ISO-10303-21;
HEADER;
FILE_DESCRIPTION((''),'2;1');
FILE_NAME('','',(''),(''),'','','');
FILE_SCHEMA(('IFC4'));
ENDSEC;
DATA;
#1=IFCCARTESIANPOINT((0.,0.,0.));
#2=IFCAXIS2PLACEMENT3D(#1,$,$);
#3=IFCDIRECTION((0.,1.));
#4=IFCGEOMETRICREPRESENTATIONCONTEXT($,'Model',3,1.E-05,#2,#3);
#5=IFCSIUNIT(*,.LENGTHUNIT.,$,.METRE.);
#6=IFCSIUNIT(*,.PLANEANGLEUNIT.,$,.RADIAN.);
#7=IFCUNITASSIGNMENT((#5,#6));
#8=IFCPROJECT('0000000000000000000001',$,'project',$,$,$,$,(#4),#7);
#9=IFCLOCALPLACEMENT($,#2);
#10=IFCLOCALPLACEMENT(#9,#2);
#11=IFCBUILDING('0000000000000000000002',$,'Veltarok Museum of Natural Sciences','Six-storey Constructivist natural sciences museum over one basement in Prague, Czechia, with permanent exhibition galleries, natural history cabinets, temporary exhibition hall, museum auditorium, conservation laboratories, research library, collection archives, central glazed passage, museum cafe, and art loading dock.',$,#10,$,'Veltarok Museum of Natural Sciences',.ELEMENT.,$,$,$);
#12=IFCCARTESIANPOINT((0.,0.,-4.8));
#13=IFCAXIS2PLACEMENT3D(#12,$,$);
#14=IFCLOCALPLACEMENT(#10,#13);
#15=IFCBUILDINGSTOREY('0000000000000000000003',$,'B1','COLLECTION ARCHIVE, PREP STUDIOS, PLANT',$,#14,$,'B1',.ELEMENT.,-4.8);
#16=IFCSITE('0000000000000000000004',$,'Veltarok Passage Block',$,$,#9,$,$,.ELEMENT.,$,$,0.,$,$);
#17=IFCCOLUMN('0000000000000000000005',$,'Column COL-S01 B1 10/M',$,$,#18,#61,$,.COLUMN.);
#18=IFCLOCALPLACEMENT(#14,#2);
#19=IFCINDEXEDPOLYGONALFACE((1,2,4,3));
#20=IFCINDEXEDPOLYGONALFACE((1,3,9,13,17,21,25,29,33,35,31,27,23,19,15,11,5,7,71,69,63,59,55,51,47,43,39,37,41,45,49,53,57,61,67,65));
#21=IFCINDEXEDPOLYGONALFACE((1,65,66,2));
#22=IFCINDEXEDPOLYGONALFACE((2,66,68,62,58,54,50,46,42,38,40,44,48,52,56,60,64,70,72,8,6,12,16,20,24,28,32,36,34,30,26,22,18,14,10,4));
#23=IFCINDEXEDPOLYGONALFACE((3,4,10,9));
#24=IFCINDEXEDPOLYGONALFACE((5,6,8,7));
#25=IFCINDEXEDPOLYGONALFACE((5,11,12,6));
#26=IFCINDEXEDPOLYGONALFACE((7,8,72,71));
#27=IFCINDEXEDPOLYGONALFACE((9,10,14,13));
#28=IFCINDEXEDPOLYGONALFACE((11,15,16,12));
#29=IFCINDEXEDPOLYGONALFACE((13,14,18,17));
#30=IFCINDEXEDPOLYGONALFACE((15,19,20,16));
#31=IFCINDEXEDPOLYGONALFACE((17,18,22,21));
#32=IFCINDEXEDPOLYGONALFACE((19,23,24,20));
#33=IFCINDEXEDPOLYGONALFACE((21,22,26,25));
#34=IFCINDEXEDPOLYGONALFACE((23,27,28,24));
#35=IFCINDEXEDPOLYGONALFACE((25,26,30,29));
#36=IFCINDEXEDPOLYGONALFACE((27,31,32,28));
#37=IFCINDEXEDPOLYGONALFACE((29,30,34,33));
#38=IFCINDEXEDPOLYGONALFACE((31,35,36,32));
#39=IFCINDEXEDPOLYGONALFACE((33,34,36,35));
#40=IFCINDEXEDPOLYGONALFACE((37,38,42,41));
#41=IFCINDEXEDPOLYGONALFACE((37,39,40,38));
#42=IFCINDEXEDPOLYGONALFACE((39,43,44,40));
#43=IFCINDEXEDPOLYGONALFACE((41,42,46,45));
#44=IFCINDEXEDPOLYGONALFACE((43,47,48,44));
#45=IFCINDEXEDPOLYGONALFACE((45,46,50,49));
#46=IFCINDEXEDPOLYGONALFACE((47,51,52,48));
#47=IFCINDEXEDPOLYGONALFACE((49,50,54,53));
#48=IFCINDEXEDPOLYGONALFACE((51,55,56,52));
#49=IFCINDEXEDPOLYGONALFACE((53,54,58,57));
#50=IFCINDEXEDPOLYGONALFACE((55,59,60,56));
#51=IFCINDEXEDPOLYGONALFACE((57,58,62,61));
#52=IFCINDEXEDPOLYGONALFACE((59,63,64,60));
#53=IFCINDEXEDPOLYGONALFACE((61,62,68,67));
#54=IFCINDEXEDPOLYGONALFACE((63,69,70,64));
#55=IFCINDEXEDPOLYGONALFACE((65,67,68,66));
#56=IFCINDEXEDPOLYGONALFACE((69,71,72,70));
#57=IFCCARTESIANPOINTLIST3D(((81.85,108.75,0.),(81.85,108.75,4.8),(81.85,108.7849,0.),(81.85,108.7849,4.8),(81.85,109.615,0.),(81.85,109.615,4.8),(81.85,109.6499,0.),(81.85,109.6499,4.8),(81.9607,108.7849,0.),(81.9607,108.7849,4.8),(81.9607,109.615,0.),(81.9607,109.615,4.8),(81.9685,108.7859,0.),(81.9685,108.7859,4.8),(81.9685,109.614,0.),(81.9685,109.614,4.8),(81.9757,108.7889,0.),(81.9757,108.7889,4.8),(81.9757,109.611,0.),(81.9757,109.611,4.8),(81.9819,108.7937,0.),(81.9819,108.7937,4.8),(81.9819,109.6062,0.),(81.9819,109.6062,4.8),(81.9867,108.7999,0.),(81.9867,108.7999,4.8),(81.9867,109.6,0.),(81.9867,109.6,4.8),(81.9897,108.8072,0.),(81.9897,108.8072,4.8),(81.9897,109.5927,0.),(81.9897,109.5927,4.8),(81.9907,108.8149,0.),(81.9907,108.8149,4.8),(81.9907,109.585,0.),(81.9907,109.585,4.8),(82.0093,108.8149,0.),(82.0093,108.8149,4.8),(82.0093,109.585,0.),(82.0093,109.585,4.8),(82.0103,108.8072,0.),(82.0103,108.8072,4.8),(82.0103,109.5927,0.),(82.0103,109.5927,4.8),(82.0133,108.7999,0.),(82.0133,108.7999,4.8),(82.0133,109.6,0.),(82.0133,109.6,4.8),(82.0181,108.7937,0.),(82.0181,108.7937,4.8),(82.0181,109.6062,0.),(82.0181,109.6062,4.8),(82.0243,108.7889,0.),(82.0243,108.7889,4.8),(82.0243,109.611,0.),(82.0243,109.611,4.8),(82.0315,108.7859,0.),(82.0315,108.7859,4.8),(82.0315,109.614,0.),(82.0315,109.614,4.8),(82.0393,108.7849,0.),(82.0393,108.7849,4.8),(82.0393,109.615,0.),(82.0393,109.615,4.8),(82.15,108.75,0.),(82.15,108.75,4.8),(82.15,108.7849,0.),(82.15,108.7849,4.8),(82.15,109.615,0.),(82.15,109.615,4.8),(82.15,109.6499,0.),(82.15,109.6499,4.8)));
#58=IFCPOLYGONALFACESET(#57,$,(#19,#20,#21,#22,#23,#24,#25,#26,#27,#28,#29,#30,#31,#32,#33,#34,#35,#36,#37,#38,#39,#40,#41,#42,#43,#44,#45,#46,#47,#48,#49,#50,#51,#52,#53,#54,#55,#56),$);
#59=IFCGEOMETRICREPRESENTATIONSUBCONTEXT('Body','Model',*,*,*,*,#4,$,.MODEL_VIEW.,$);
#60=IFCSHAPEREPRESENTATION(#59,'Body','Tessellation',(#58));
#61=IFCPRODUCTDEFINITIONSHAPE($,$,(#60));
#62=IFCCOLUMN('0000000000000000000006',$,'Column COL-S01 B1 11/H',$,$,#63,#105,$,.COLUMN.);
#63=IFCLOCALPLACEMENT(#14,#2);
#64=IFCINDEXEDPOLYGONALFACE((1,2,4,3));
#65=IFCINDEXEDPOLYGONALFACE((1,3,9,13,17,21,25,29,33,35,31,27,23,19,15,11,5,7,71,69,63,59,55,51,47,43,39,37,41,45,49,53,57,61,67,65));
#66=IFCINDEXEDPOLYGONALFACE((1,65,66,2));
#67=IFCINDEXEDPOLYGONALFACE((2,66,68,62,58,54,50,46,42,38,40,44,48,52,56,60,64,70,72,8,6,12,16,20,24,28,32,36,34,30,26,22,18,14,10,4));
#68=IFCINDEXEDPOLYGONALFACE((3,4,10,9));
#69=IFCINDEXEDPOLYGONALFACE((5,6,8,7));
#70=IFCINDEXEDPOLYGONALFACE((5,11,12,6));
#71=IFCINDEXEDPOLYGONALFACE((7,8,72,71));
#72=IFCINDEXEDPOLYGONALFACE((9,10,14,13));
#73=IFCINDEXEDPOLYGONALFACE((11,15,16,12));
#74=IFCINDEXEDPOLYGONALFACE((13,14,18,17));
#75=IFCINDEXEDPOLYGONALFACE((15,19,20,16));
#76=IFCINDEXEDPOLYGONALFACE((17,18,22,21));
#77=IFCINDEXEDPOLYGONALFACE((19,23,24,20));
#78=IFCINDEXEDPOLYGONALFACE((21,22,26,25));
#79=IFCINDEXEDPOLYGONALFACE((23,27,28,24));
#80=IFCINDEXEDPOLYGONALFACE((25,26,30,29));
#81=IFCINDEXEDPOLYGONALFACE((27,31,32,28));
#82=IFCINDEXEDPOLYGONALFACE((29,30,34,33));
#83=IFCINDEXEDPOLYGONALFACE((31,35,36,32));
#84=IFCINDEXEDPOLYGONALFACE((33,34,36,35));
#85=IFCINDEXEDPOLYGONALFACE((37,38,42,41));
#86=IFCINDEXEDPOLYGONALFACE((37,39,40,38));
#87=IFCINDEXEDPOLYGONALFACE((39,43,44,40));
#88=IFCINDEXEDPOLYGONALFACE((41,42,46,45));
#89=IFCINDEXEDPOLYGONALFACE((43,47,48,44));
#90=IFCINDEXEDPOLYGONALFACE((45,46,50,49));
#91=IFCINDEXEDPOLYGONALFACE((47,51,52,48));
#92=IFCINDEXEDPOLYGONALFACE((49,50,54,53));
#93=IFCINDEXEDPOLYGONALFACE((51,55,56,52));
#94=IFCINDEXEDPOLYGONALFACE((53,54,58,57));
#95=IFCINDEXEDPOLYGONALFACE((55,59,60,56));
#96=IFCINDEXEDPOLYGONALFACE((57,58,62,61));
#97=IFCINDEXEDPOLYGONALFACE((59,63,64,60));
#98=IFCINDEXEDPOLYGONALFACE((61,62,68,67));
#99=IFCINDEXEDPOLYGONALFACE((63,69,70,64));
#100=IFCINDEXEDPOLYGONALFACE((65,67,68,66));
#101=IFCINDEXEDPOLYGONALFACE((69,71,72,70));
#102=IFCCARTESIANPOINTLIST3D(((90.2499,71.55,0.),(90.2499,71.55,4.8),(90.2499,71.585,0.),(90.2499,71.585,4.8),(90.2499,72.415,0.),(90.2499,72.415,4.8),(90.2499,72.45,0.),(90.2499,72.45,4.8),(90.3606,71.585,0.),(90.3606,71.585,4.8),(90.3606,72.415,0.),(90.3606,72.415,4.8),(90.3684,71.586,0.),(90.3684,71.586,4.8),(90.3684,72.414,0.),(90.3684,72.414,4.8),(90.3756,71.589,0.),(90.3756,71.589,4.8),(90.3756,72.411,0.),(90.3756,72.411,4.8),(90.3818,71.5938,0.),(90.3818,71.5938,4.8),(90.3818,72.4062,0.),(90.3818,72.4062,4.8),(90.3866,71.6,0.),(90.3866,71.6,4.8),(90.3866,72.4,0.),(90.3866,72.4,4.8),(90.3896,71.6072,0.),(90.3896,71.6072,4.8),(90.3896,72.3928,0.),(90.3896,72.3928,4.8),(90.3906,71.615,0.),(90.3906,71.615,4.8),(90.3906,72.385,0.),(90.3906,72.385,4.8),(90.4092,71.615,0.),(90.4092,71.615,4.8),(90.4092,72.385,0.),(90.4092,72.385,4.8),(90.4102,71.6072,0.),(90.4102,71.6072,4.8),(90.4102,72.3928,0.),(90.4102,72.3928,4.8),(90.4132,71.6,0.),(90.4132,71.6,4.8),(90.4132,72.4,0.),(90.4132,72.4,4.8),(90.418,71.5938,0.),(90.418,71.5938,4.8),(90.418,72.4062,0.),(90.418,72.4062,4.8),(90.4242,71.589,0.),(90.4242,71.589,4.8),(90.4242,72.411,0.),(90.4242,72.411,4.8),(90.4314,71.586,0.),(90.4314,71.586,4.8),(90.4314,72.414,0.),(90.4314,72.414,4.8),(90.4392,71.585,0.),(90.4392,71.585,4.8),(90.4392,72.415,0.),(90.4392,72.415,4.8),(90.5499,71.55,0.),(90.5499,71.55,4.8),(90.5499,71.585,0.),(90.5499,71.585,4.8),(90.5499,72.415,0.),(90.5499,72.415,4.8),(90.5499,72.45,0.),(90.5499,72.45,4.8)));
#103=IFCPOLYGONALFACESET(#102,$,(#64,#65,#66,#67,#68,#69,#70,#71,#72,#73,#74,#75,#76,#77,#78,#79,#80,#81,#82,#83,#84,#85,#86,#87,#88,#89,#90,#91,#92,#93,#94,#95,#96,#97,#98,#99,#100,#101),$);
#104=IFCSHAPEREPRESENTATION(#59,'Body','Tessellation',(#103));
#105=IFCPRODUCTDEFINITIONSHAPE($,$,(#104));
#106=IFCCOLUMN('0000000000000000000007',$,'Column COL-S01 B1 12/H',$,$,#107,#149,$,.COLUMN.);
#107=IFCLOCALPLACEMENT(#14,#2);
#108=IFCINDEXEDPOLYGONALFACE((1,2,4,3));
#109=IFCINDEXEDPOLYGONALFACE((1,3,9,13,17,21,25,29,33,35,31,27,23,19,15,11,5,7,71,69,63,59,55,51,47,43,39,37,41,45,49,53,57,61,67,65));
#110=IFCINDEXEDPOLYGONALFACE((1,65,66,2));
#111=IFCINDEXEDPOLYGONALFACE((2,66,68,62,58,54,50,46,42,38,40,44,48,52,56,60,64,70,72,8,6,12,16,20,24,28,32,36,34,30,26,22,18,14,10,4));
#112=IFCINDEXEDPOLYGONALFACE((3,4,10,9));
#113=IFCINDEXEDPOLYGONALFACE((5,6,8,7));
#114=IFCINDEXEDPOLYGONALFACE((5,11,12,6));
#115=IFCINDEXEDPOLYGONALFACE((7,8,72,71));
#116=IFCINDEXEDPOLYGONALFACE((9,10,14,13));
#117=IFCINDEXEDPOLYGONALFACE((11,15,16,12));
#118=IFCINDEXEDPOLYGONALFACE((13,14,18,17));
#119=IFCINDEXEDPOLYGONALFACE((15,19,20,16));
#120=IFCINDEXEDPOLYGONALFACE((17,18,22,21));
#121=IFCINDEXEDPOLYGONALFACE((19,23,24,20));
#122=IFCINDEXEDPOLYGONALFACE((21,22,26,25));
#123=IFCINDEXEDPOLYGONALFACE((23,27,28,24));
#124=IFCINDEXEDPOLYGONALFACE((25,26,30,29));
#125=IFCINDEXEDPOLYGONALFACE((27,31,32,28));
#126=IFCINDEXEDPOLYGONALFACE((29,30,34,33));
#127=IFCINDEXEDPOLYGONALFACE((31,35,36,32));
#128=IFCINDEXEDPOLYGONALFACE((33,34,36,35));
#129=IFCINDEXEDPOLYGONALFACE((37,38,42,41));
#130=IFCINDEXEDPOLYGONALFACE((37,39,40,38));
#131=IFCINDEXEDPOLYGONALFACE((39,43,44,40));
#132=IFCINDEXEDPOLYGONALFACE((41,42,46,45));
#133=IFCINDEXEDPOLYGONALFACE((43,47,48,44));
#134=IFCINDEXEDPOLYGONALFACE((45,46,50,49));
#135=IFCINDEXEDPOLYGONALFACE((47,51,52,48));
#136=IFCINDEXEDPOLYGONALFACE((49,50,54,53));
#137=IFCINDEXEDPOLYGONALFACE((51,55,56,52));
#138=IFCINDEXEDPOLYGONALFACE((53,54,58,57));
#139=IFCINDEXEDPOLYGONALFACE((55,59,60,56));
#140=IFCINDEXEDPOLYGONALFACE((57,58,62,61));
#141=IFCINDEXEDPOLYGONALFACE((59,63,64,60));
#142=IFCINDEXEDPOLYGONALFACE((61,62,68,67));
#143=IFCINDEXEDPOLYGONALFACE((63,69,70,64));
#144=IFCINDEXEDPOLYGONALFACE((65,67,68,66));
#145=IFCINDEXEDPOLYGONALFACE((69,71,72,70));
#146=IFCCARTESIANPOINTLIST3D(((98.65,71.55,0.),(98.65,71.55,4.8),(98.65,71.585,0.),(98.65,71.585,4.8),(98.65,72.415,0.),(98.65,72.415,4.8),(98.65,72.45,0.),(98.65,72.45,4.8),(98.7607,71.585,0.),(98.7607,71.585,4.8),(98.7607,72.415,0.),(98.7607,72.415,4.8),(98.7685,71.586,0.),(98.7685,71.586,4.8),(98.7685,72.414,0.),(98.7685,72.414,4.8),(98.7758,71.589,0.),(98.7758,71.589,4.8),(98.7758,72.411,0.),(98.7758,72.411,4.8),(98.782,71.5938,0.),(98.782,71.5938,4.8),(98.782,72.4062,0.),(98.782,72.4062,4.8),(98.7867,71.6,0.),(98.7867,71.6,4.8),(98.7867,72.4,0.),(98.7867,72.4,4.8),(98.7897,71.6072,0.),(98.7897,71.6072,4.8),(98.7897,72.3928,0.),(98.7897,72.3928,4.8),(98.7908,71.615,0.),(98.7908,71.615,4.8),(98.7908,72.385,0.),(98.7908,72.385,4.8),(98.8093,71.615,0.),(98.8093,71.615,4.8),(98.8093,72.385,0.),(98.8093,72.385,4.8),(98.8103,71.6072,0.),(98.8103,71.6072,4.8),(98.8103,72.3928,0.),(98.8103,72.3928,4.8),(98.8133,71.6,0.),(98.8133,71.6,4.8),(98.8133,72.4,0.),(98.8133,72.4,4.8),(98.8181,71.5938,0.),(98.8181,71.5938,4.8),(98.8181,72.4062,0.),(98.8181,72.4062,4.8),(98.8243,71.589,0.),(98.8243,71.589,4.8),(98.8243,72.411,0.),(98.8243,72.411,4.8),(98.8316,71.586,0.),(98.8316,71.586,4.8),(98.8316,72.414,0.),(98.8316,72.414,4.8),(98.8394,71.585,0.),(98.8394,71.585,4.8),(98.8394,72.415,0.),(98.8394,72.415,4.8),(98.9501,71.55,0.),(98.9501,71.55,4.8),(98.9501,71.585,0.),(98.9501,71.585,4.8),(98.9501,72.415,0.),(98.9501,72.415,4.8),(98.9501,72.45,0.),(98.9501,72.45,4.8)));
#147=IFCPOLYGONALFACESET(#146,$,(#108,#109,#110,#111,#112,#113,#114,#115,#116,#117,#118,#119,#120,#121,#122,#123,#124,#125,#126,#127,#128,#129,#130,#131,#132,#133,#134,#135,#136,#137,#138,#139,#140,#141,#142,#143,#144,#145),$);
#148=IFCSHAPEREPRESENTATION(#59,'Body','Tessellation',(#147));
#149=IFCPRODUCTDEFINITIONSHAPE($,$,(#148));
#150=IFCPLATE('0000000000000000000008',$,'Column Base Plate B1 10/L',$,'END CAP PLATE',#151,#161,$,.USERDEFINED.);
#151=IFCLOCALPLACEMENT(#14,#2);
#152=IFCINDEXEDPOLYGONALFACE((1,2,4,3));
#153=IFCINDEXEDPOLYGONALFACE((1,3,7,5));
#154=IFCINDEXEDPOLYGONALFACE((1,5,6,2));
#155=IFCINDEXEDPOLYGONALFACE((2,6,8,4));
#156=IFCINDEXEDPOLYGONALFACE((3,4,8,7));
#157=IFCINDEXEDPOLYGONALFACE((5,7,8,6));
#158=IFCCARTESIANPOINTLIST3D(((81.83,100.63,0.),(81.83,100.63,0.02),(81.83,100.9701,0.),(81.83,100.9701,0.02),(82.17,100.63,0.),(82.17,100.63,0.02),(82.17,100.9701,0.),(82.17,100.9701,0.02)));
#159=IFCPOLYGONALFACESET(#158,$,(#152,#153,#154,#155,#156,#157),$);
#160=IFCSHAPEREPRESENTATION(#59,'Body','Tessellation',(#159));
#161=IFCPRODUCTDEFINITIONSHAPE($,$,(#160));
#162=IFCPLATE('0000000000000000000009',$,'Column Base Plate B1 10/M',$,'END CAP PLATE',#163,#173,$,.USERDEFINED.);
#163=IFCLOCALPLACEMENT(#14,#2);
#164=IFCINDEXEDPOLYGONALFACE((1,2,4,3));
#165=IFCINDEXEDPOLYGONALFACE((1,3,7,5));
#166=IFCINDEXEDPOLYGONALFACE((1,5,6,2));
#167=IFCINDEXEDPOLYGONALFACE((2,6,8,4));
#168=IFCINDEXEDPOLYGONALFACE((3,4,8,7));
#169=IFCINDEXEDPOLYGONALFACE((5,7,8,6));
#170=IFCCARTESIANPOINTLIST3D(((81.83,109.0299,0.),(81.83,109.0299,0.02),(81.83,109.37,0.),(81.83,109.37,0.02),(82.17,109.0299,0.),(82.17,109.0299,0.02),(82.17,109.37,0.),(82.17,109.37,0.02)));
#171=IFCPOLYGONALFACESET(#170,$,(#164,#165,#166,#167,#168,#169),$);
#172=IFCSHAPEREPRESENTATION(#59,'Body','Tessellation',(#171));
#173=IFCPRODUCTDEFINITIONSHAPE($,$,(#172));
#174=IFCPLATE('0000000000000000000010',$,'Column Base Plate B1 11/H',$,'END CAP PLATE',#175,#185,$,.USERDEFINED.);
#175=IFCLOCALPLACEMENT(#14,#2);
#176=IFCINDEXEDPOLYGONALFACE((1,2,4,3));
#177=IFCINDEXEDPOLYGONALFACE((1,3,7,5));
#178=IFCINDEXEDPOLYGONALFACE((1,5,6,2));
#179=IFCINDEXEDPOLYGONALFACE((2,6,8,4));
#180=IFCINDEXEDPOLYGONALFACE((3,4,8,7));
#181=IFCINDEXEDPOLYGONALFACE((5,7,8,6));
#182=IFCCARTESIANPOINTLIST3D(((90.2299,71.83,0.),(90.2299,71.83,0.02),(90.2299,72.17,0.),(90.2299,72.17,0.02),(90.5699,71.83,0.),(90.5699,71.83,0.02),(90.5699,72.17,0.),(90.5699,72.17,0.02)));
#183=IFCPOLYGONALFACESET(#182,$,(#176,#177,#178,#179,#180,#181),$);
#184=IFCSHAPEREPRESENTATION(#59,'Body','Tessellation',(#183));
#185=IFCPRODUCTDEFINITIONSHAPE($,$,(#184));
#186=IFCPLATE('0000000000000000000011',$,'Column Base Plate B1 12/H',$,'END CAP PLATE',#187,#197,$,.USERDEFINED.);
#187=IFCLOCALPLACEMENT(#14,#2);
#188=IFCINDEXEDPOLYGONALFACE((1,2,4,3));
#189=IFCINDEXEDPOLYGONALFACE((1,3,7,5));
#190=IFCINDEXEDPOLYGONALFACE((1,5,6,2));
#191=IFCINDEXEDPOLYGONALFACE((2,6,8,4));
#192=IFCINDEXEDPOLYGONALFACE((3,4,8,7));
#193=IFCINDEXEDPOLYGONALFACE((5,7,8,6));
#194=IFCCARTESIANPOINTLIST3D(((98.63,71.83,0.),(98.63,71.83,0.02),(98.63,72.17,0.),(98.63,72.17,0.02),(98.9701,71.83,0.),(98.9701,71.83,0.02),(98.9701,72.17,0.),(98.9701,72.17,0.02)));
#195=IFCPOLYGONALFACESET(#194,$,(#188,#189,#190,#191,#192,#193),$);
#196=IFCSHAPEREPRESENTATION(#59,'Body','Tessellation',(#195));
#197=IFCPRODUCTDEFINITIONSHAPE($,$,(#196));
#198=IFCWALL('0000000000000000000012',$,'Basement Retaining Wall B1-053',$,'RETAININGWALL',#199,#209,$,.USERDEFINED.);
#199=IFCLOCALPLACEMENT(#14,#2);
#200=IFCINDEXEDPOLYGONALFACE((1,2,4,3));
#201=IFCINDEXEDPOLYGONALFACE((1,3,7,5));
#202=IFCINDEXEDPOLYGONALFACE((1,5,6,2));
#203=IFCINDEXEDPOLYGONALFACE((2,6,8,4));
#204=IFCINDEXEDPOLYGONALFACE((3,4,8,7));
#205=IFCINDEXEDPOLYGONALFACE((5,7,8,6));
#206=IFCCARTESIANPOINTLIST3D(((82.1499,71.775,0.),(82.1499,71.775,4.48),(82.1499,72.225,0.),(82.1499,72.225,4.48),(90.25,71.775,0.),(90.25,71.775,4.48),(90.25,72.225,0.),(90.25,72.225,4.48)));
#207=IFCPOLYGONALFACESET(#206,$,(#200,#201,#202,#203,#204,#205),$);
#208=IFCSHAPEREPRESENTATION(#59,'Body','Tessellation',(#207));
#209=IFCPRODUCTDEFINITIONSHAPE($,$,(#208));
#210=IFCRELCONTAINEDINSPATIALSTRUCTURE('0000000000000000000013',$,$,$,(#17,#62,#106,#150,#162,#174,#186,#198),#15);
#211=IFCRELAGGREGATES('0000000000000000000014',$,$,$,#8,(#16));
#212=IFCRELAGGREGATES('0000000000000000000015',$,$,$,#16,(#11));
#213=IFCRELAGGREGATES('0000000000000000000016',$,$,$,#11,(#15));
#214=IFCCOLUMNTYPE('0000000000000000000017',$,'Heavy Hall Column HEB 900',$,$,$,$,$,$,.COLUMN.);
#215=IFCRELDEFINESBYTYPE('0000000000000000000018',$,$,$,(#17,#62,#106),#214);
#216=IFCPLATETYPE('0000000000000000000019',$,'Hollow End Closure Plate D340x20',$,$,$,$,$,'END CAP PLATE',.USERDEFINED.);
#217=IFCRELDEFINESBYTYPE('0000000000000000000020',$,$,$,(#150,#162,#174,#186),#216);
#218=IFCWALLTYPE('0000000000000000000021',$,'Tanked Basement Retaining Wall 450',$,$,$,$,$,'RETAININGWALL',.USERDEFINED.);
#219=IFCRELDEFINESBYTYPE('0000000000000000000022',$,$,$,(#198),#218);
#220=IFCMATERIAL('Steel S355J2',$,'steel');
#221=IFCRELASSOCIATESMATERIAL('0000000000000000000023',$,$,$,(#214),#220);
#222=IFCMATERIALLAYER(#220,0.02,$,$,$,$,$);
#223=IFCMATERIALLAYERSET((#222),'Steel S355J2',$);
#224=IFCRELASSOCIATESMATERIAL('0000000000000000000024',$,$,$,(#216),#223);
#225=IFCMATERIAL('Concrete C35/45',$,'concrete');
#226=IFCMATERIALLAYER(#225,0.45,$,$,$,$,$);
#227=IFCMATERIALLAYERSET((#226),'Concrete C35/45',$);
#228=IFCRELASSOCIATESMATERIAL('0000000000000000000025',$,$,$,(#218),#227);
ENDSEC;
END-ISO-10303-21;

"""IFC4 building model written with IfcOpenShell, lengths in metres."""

from ifc_helpers import new_model, si_unit, direction, frame, frame_2d, origin, origin_2d, place, context, subcontext, project, spatial, rectangle, i_section, extrude, material, layer, layer_set, material_profile, profile_set, type_object, element, save


model = new_model("IFC4")

# Units and contexts
model_context = context("Model", 3, precision=1e-05, world=origin(), true_north=direction((0.0, 1.0)))
body_context = subcontext(model_context, "Body", "Model", "MODEL_VIEW")
ifc_project = project(units=[si_unit("LENGTHUNIT", "METRE"), si_unit("PLANEANGLEUNIT", "RADIAN")], contexts=[model_context])

# Site, building, storey
site_placement = place(None, origin())
site = spatial("IfcSite", under=ifc_project, at=site_placement, Name="Veltarok Passage Block", CompositionType="ELEMENT", RefElevation=0.0)
building_placement = place(site_placement, origin())
building = spatial("IfcBuilding", under=site, at=building_placement, Name="Veltarok Museum of Natural Sciences", Description="Six-storey Constructivist natural sciences museum over one basement in Prague, Czechia, with permanent exhibition galleries, natural history cabinets, temporary exhibition hall, museum auditorium, conservation laboratories, research library, collection archives, central glazed passage, museum cafe, and art loading dock.", LongName="Veltarok Museum of Natural Sciences", CompositionType="ELEMENT")
storey_placement = place(building_placement, frame((0.0, 0.0, -4.8)))
storey = spatial("IfcBuildingStorey", under=building, at=storey_placement, Name="B1", Description="COLLECTION ARCHIVE, PREP STUDIOS, PLANT", LongName="B1", CompositionType="ELEMENT", Elevation=-4.8)

# Shared definitions
ifc_material_1 = material(Name="Concrete C35/45", Category="concrete")

# Columns
ifc_material_2 = material(Name="Steel S355J2", Category="steel")
ifc_material_profile_1 = material_profile(ifc_material_2, i_section(OverallWidth=0.3, OverallDepth=0.8999, WebThickness=0.0186, FlangeThickness=0.0349, FilletRadius=0.03, at=origin_2d()), Name="HEB 900")
ifc_profile_set_1 = profile_set([ifc_material_profile_1], Name="Steel S355J2")
column_type = type_object("IfcColumnType", Name="Heavy Hall Column HEB 900", PredefinedType="COLUMN", material=ifc_profile_set_1)
for number, where, z_axis, x_axis, name in (
    (1, (82.0, 109.2, 0.0), (0.0, 0.0, 1.0), (1.0, 0.0, 0.0), "Column COL-S01 B1 10/M"),
    (2, (90.3999, 72.0, 0.0), (0.0, 0.0, 1.0), (1.0, 0.0, 0.0), "Column COL-S01 B1 11/H"),
    (3, (98.8, 72.0, 0.0), (0.0, 0.0, 1.0), (1.0, 0.0, 0.0), "Column COL-S01 B1 12/H"),
):
    element("IfcColumn", number, at=place(storey_placement, frame(where, z_axis=z_axis, x_axis=x_axis)), inside=storey, type_object=column_type, Name=name, PredefinedType="COLUMN", context=body_context, shape_type="SweptSolid", body=[
        extrude(i_section(OverallWidth=0.3, OverallDepth=0.8999, WebThickness=0.0186, FlangeThickness=0.0349, FilletRadius=0.03, at=origin_2d()), origin(), (0.0, 0.0, 1.0), 4.8),
    ])

# Plates
ifc_layer_1 = layer(ifc_material_2, 0.02)
ifc_layer_set_1 = layer_set([ifc_layer_1], Name="Steel S355J2")
plate_type = type_object("IfcPlateType", Name="Hollow End Closure Plate D340x20", ElementType="END CAP PLATE", PredefinedType="USERDEFINED", material=ifc_layer_set_1)
for number, where, z_axis, x_axis, name in (
    (4, (82.0, 100.8, 0.0), (0.0, 0.0, 1.0), (1.0, 0.0, 0.0), "Column Base Plate B1 10/L"),
    (5, (82.0, 109.2, 0.0), (0.0, 0.0, 1.0), (1.0, 0.0, 0.0), "Column Base Plate B1 10/M"),
    (6, (90.3999, 72.0, 0.0), (0.0, 0.0, 1.0), (1.0, 0.0, 0.0), "Column Base Plate B1 11/H"),
    (7, (98.8, 72.0, 0.0), (0.0, 0.0, 1.0), (1.0, 0.0, 0.0), "Column Base Plate B1 12/H"),
):
    element("IfcPlate", number, at=place(storey_placement, frame(where, z_axis=z_axis, x_axis=x_axis)), inside=storey, type_object=plate_type, Name=name, ObjectType="END CAP PLATE", PredefinedType="USERDEFINED", context=body_context, shape_type="SweptSolid", body=[
        extrude(rectangle(XDim=0.3401, YDim=0.3401, at=origin_2d()), origin(), (0.0, 0.0, 1.0), 0.02),
    ])

# Wall
ifc_layer_2 = layer(ifc_material_1, 0.45)
ifc_layer_set_2 = layer_set([ifc_layer_2], Name="Concrete C35/45")
wall_type = type_object("IfcWallType", Name="Tanked Basement Retaining Wall 450", ElementType="RETAININGWALL", PredefinedType="USERDEFINED", material=ifc_layer_set_2)
wall_1_placement = place(storey_placement, frame((82.1499, 72.0, 0.0), z_axis=(0.0, 0.0, 1.0), x_axis=(1.0, 0.0, 0.0)))
element("IfcWall", 8, at=wall_1_placement, inside=storey, type_object=wall_type, Name="Basement Retaining Wall B1-053", ObjectType="RETAININGWALL", PredefinedType="USERDEFINED", context=body_context, shape_type="SweptSolid", body=[
    extrude(rectangle(XDim=8.1001, YDim=0.45, at=frame_2d((4.05, 0.0))), origin(), (0.0, 0.0, 1.0), 4.48),
])

save(model, "model.ifc")
